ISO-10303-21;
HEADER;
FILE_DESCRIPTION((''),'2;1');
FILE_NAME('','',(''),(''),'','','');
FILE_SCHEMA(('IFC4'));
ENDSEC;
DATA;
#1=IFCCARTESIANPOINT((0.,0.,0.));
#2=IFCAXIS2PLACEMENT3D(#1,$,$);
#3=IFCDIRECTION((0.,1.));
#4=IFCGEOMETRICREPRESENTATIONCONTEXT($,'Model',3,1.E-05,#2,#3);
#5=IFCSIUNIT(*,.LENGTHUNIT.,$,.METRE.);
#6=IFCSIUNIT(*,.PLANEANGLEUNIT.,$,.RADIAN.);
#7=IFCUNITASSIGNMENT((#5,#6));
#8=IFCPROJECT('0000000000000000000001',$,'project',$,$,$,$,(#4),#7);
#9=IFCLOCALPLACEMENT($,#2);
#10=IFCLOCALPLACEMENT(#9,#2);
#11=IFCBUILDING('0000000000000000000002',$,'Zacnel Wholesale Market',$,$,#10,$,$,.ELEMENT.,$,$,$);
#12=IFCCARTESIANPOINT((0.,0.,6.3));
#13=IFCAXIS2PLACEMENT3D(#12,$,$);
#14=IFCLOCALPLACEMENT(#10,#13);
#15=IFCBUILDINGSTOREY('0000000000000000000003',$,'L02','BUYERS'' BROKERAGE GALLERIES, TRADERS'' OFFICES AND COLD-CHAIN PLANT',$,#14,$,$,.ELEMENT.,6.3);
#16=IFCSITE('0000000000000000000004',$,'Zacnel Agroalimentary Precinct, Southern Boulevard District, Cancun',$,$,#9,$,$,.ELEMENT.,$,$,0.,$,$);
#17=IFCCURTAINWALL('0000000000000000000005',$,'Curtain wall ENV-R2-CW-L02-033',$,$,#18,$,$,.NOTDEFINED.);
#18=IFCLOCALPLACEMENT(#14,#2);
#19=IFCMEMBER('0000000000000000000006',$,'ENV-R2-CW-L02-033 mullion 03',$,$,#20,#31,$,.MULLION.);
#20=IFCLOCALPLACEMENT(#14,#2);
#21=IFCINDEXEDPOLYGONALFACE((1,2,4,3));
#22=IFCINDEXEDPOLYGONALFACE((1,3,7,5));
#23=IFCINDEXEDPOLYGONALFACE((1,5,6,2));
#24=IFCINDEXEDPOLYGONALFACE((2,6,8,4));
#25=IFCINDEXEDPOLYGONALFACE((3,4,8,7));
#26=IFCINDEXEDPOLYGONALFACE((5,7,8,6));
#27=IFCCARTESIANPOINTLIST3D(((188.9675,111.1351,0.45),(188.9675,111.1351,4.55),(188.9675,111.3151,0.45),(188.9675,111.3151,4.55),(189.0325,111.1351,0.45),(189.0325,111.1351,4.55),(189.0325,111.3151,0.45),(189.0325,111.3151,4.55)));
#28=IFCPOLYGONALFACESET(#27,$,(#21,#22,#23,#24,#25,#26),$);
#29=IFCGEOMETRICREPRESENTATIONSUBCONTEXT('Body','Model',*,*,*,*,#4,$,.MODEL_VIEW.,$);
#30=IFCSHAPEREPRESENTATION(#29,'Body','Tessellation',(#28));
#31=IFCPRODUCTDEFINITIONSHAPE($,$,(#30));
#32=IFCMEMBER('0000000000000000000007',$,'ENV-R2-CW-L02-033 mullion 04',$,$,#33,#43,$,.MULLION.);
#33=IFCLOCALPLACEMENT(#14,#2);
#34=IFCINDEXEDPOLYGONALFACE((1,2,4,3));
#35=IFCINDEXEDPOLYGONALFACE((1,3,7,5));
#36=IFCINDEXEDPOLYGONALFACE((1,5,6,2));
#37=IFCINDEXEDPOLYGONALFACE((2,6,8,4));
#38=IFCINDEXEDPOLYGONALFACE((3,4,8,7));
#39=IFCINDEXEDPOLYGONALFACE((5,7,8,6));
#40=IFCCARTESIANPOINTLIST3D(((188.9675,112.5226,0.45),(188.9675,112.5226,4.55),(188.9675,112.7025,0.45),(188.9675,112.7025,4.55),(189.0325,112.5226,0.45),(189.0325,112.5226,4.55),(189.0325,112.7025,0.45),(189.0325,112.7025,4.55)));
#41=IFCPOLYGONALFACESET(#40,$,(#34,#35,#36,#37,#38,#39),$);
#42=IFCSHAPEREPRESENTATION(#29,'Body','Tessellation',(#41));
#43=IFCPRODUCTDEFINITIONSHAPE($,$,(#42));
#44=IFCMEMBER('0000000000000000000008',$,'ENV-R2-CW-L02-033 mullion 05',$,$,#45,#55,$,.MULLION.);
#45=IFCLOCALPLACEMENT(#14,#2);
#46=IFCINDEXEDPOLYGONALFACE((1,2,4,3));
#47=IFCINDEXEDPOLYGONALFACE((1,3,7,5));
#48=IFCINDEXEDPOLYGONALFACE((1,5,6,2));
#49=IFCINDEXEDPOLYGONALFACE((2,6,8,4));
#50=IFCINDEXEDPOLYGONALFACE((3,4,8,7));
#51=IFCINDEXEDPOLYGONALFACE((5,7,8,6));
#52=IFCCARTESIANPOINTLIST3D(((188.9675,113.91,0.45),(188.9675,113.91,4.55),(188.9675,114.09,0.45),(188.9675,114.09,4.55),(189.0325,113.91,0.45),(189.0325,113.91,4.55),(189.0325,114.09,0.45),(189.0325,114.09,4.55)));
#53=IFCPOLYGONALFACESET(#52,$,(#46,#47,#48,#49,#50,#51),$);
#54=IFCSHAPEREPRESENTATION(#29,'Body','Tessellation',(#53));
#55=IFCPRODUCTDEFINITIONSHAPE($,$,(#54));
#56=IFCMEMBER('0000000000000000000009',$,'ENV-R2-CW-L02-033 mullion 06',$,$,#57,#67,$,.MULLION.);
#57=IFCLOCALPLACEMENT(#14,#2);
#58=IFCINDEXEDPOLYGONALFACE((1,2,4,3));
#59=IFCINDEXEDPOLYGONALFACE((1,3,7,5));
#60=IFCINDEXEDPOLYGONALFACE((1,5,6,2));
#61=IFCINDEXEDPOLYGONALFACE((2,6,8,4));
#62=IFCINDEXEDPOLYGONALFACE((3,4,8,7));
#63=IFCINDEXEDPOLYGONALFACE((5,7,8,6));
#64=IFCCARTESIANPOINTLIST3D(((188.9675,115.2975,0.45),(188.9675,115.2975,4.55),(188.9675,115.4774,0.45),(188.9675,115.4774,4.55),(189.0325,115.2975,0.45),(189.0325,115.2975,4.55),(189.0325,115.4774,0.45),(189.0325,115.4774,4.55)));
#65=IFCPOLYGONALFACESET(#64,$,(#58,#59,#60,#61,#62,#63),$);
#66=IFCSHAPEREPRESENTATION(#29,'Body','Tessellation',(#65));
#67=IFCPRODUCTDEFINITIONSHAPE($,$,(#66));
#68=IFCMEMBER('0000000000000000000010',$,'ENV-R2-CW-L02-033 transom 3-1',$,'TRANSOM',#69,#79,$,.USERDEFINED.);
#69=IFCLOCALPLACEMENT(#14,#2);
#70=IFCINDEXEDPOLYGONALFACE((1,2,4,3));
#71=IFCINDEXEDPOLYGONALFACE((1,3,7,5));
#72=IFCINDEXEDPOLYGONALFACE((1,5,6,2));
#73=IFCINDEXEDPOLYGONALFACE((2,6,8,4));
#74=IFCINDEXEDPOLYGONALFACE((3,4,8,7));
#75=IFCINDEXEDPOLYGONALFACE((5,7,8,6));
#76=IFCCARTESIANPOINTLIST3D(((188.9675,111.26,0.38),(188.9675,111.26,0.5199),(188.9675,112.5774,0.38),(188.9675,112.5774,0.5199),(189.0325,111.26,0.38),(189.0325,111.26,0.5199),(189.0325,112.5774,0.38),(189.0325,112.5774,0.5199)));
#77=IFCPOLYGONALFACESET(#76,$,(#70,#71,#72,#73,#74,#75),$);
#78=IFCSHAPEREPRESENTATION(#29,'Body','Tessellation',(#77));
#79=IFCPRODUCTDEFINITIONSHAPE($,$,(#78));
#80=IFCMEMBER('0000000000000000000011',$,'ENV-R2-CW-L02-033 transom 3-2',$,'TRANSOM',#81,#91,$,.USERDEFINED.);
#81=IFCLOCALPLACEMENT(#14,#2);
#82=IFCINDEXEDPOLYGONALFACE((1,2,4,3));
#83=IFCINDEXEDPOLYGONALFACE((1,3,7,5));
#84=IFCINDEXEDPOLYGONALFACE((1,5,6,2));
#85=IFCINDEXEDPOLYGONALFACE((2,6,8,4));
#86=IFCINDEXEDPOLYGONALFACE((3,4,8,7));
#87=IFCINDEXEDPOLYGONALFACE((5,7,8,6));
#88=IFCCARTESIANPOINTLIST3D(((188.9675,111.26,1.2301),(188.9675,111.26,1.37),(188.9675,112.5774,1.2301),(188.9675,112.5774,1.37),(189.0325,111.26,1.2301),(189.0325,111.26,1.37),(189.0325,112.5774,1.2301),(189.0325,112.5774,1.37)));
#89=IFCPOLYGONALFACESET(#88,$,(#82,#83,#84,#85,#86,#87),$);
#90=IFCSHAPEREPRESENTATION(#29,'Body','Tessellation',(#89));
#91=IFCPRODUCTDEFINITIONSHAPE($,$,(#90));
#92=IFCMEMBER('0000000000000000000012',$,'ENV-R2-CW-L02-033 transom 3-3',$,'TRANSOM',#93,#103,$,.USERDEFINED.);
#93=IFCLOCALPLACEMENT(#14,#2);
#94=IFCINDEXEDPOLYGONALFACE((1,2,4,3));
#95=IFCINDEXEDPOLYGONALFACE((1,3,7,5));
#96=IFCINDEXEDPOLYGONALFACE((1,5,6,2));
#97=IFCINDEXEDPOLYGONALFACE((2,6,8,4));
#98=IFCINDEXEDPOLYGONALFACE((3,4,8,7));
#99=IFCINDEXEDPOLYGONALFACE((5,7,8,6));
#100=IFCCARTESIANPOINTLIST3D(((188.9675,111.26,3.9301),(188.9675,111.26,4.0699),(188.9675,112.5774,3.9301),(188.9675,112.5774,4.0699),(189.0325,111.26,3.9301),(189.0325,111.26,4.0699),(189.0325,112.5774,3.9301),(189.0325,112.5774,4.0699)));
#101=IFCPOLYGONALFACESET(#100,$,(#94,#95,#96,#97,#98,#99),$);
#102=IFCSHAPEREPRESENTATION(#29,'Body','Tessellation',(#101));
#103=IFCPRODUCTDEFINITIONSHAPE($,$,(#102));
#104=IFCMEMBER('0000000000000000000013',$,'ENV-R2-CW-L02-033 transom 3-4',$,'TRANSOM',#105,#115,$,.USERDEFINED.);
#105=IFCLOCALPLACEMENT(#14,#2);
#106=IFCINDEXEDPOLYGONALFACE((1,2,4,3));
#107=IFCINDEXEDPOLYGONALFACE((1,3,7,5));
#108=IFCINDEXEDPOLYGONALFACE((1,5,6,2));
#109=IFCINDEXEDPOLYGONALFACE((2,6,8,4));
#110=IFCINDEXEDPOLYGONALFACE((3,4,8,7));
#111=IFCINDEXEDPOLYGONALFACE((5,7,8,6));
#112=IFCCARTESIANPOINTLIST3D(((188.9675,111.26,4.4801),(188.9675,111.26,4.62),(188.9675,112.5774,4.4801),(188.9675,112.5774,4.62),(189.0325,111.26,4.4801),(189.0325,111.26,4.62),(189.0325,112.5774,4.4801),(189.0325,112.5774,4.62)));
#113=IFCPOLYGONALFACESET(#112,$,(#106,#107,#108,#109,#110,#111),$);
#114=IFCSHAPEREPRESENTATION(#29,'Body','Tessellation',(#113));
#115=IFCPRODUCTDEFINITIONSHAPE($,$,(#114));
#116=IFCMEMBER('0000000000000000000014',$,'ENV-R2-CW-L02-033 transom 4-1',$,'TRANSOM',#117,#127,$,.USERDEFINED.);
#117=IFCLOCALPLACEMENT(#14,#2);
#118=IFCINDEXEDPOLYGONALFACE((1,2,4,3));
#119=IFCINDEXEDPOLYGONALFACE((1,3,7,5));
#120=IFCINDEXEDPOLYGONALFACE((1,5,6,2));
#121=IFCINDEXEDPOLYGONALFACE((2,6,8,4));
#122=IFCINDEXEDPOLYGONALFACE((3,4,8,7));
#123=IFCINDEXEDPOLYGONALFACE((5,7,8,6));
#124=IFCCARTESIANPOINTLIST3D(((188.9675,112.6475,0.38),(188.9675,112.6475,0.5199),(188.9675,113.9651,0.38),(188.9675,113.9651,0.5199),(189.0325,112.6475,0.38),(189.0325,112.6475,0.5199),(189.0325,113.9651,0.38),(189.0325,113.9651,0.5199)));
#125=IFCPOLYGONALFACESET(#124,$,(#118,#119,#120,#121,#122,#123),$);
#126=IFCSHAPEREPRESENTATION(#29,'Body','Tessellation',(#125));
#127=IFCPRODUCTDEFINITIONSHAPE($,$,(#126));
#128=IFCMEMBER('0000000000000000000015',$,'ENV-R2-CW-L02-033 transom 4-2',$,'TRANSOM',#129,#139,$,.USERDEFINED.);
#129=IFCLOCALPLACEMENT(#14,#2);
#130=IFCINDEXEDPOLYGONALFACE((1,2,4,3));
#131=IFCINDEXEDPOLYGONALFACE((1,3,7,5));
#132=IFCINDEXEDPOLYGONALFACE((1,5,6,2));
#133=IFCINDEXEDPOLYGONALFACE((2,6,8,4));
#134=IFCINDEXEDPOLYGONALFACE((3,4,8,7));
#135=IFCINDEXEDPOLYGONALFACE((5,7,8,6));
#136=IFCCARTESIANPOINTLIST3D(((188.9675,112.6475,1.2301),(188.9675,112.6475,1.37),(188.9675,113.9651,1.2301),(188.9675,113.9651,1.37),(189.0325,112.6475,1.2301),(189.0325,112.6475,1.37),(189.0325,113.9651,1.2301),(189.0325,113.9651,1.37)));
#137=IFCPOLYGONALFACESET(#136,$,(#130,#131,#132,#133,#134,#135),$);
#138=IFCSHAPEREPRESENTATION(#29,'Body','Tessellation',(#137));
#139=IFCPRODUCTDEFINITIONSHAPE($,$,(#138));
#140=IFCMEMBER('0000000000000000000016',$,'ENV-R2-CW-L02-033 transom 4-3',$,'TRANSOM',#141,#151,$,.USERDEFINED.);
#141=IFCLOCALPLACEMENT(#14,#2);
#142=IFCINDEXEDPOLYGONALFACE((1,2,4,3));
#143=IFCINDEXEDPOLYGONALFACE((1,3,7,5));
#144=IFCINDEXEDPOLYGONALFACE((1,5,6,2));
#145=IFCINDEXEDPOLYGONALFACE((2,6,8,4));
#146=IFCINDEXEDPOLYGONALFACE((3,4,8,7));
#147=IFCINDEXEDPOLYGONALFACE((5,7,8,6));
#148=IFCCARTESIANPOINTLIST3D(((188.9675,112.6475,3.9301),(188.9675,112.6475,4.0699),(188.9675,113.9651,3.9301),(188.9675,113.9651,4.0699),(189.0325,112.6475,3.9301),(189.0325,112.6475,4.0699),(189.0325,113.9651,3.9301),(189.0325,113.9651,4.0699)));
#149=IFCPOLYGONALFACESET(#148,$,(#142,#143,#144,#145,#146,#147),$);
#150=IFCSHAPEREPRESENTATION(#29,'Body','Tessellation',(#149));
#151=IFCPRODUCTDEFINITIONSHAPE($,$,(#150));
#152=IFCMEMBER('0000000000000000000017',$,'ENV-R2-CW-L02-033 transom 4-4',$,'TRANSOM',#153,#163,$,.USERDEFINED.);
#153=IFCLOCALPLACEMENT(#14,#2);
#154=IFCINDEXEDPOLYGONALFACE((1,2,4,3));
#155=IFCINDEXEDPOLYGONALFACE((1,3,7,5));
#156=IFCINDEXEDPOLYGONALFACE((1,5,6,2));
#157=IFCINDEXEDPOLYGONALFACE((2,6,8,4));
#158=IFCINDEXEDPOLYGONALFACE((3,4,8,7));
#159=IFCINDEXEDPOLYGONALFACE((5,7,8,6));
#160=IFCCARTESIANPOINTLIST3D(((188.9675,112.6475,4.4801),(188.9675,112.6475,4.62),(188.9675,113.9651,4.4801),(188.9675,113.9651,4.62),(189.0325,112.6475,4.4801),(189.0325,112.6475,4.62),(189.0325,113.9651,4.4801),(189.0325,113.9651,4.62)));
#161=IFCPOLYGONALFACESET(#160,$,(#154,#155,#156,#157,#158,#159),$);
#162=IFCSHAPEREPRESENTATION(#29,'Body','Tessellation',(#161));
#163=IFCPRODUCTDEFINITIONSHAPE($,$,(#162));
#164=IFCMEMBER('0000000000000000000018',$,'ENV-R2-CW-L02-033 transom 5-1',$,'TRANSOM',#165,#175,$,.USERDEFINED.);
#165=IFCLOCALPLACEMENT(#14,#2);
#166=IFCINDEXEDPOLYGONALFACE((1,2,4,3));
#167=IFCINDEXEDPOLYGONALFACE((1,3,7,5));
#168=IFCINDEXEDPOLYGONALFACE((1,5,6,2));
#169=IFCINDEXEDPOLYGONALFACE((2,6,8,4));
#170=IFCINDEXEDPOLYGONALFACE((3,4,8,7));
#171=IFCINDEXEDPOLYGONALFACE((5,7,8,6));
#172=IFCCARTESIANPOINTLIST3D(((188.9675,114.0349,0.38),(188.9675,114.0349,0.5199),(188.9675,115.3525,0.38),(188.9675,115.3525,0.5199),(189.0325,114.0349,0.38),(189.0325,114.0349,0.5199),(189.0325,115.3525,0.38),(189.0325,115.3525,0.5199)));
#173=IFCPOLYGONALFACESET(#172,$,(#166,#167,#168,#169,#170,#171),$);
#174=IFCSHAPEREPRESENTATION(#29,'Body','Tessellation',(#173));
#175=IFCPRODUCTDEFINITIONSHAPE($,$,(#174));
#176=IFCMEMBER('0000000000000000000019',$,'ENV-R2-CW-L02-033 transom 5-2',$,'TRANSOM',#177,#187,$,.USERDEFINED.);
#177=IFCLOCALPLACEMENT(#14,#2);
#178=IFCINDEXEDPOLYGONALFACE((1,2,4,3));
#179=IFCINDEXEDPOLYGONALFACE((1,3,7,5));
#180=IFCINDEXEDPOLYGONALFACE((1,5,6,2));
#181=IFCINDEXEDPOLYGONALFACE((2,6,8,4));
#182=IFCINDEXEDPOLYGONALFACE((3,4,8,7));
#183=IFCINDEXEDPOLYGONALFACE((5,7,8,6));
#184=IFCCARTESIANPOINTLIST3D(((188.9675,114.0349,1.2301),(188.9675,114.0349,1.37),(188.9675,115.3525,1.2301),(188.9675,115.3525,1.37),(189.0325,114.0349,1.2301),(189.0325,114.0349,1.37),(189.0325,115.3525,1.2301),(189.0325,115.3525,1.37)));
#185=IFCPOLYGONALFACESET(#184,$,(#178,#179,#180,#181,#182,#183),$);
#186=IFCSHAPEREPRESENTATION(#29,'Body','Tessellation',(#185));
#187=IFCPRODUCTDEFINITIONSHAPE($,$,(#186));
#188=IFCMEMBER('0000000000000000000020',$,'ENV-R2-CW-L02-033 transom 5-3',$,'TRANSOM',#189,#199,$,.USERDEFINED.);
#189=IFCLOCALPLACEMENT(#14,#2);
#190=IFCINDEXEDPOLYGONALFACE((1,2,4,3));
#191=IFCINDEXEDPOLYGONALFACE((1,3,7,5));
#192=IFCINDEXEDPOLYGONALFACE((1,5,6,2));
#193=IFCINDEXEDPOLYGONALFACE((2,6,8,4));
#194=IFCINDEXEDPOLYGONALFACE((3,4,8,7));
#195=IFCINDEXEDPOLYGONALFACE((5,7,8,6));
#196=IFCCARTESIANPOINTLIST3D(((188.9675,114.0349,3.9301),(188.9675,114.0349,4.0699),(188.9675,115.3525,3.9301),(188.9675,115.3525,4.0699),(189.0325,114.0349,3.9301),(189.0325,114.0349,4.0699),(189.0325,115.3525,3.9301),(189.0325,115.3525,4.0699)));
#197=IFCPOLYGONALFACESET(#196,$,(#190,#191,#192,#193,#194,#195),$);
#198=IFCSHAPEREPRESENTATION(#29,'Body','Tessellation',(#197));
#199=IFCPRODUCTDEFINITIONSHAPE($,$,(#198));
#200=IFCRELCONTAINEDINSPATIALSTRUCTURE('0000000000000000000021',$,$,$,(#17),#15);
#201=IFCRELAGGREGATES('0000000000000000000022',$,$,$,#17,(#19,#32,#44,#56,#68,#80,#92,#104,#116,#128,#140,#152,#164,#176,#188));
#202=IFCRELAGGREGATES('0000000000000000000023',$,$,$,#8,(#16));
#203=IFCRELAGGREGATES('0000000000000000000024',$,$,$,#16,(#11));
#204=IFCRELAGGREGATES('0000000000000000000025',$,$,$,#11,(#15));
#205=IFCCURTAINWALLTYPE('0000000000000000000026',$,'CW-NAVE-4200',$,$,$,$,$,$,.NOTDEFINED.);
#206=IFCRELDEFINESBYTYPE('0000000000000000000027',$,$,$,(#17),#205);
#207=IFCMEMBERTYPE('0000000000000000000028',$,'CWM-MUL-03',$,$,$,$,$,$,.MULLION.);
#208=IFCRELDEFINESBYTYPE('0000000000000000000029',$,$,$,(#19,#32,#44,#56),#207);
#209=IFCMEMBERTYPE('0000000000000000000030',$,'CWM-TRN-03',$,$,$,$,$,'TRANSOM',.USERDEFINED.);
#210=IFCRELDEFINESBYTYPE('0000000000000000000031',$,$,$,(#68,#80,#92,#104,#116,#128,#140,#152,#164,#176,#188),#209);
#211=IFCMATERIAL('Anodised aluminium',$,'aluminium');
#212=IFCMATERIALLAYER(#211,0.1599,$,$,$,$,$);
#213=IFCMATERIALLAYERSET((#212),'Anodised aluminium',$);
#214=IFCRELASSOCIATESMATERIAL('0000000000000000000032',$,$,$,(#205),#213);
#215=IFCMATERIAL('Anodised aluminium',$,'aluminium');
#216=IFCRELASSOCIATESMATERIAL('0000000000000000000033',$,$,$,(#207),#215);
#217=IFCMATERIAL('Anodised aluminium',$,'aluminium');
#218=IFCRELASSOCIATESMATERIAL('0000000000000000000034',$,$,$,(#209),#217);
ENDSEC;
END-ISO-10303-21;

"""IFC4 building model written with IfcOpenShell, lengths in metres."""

from ifc_helpers import new_model, si_unit, direction, frame, origin, origin_2d, place, context, subcontext, project, spatial, rectangle, extrude, material, layer, layer_set, material_profile, profile_set, type_object, element, aggregate, save


model = new_model("IFC4")

# Units and contexts
model_context = context("Model", 3, precision=1e-05, world=origin(), true_north=direction((0.0, 1.0)))
body_context = subcontext(model_context, "Body", "Model", "MODEL_VIEW")
ifc_project = project(units=[si_unit("LENGTHUNIT", "METRE"), si_unit("PLANEANGLEUNIT", "RADIAN")], contexts=[model_context])

# Site, building, storey
site_placement = place(None, origin())
site = spatial("IfcSite", under=ifc_project, at=site_placement, Name="Zacnel Agroalimentary Precinct, Southern Boulevard District, Cancun", CompositionType="ELEMENT", RefElevation=0.0)
building_placement = place(site_placement, origin())
building = spatial("IfcBuilding", under=site, at=building_placement, Name="Zacnel Wholesale Market", CompositionType="ELEMENT")
storey_placement = place(building_placement, frame((0.0, 0.0, 6.3)))
storey = spatial("IfcBuildingStorey", under=building, at=storey_placement, Name="L02", Description="BUYERS' BROKERAGE GALLERIES, TRADERS' OFFICES AND COLD-CHAIN PLANT", CompositionType="ELEMENT", Elevation=6.3)

# Curtain wall, members
ifc_material_1 = material(Name="Anodised aluminium", Category="aluminium")
ifc_layer_1 = layer(ifc_material_1, 0.1599)
ifc_layer_set_1 = layer_set([ifc_layer_1], Name="Anodised aluminium")
curtain_wall_type = type_object("IfcCurtainWallType", Name="CW-NAVE-4200", PredefinedType="NOTDEFINED", material=ifc_layer_set_1)
curtain_wall_placement = place(storey_placement, origin())
curtain_wall = element("IfcCurtainWall", 1, at=curtain_wall_placement, inside=storey, type_object=curtain_wall_type, Name="Curtain wall ENV-R2-CW-L02-033", PredefinedType="NOTDEFINED")
ifc_material_2 = material(Name="Anodised aluminium", Category="aluminium")
ifc_material_profile_1 = material_profile(ifc_material_2, rectangle(XDim=0.0649, YDim=0.1799, at=origin_2d()), Name="AW-MULLION 65x180")
ifc_profile_set_1 = profile_set([ifc_material_profile_1], Name="Anodised aluminium")
member_type_1 = type_object("IfcMemberType", Name="CWM-MUL-03", PredefinedType="MULLION", material=ifc_profile_set_1)
member_1_placement = place(storey_placement, frame((189.0, 111.2251, 0.45), z_axis=(0.0, 0.0, 1.0), x_axis=(1.0, 0.0, 0.0)))
member_1 = element("IfcMember", 2, at=member_1_placement, type_object=member_type_1, Name="ENV-R2-CW-L02-033 mullion 03", PredefinedType="MULLION", context=body_context, shape_type="SweptSolid", body=[
    extrude(rectangle(XDim=0.0649, YDim=0.1799, at=origin_2d()), origin(), (0.0, 0.0, 1.0), 4.1001),
])
member_2_placement = place(storey_placement, frame((189.0, 112.6125, 0.45), z_axis=(0.0, 0.0, 1.0), x_axis=(1.0, 0.0, 0.0)))
member_2 = element("IfcMember", 3, at=member_2_placement, type_object=member_type_1, Name="ENV-R2-CW-L02-033 mullion 04", PredefinedType="MULLION", context=body_context, shape_type="SweptSolid", body=[
    extrude(rectangle(XDim=0.0649, YDim=0.1799, at=origin_2d()), origin(), (0.0, 0.0, 1.0), 4.1001),
])
member_3_placement = place(storey_placement, frame((189.0, 114.0, 0.45), z_axis=(0.0, 0.0, 1.0), x_axis=(1.0, 0.0, 0.0)))
member_3 = element("IfcMember", 4, at=member_3_placement, type_object=member_type_1, Name="ENV-R2-CW-L02-033 mullion 05", PredefinedType="MULLION", context=body_context, shape_type="SweptSolid", body=[
    extrude(rectangle(XDim=0.0649, YDim=0.1799, at=origin_2d()), origin(), (0.0, 0.0, 1.0), 4.1001),
])
member_4_placement = place(storey_placement, frame((189.0, 115.3875, 0.45), z_axis=(0.0, 0.0, 1.0), x_axis=(1.0, 0.0, 0.0)))
member_4 = element("IfcMember", 5, at=member_4_placement, type_object=member_type_1, Name="ENV-R2-CW-L02-033 mullion 06", PredefinedType="MULLION", context=body_context, shape_type="SweptSolid", body=[
    extrude(rectangle(XDim=0.0649, YDim=0.1799, at=origin_2d()), origin(), (0.0, 0.0, 1.0), 4.1001),
])
ifc_material_3 = material(Name="Anodised aluminium", Category="aluminium")
ifc_material_profile_2 = material_profile(ifc_material_3, rectangle(XDim=0.0649, YDim=0.1399, at=origin_2d()), Name="AW-TRANSOM 65x140")
ifc_profile_set_2 = profile_set([ifc_material_profile_2], Name="Anodised aluminium")
member_type_2 = type_object("IfcMemberType", Name="CWM-TRN-03", ElementType="TRANSOM", PredefinedType="USERDEFINED", material=ifc_profile_set_2)
member_5_placement = place(storey_placement, frame((189.0, 111.26, 0.45), z_axis=(0.0, 1.0, 0.0), x_axis=(-1.0, 0.0, 0.0)))
member_5 = element("IfcMember", 6, at=member_5_placement, type_object=member_type_2, Name="ENV-R2-CW-L02-033 transom 3-1", ObjectType="TRANSOM", PredefinedType="USERDEFINED", context=body_context, shape_type="SweptSolid", body=[
    extrude(rectangle(XDim=0.0649, YDim=0.1399, at=origin_2d()), origin(), (0.0, 0.0, 1.0), 1.3174),
])
member_6_placement = place(storey_placement, frame((189.0, 111.26, 1.3), z_axis=(0.0, 1.0, 0.0), x_axis=(-1.0, 0.0, 0.0)))
member_6 = element("IfcMember", 7, at=member_6_placement, type_object=member_type_2, Name="ENV-R2-CW-L02-033 transom 3-2", ObjectType="TRANSOM", PredefinedType="USERDEFINED", context=body_context, shape_type="SweptSolid", body=[
    extrude(rectangle(XDim=0.0649, YDim=0.1399, at=origin_2d()), origin(), (0.0, 0.0, 1.0), 1.3174),
])
member_7_placement = place(storey_placement, frame((189.0, 111.26, 4.0), z_axis=(0.0, 1.0, 0.0), x_axis=(-1.0, 0.0, 0.0)))
member_7 = element("IfcMember", 8, at=member_7_placement, type_object=member_type_2, Name="ENV-R2-CW-L02-033 transom 3-3", ObjectType="TRANSOM", PredefinedType="USERDEFINED", context=body_context, shape_type="SweptSolid", body=[
    extrude(rectangle(XDim=0.0649, YDim=0.1399, at=origin_2d()), origin(), (0.0, 0.0, 1.0), 1.3174),
])
member_8_placement = place(storey_placement, frame((189.0, 111.26, 4.55), z_axis=(0.0, 1.0, 0.0), x_axis=(-1.0, 0.0, 0.0)))
member_8 = element("IfcMember", 9, at=member_8_placement, type_object=member_type_2, Name="ENV-R2-CW-L02-033 transom 3-4", ObjectType="TRANSOM", PredefinedType="USERDEFINED", context=body_context, shape_type="SweptSolid", body=[
    extrude(rectangle(XDim=0.0649, YDim=0.1399, at=origin_2d()), origin(), (0.0, 0.0, 1.0), 1.3174),
])
member_9_placement = place(storey_placement, frame((189.0, 112.6475, 0.45), z_axis=(0.0, 1.0, 0.0), x_axis=(-1.0, 0.0, 0.0)))
member_9 = element("IfcMember", 10, at=member_9_placement, type_object=member_type_2, Name="ENV-R2-CW-L02-033 transom 4-1", ObjectType="TRANSOM", PredefinedType="USERDEFINED", context=body_context, shape_type="SweptSolid", body=[
    extrude(rectangle(XDim=0.0649, YDim=0.1399, at=origin_2d()), origin(), (0.0, 0.0, 1.0), 1.3176),
])
member_10_placement = place(storey_placement, frame((189.0, 112.6475, 1.3), z_axis=(0.0, 1.0, 0.0), x_axis=(-1.0, 0.0, 0.0)))
member_10 = element("IfcMember", 11, at=member_10_placement, type_object=member_type_2, Name="ENV-R2-CW-L02-033 transom 4-2", ObjectType="TRANSOM", PredefinedType="USERDEFINED", context=body_context, shape_type="SweptSolid", body=[
    extrude(rectangle(XDim=0.0649, YDim=0.1399, at=origin_2d()), origin(), (0.0, 0.0, 1.0), 1.3176),
])
member_11_placement = place(storey_placement, frame((189.0, 112.6475, 4.0), z_axis=(0.0, 1.0, 0.0), x_axis=(-1.0, 0.0, 0.0)))
member_11 = element("IfcMember", 12, at=member_11_placement, type_object=member_type_2, Name="ENV-R2-CW-L02-033 transom 4-3", ObjectType="TRANSOM", PredefinedType="USERDEFINED", context=body_context, shape_type="SweptSolid", body=[
    extrude(rectangle(XDim=0.0649, YDim=0.1399, at=origin_2d()), origin(), (0.0, 0.0, 1.0), 1.3176),
])
member_12_placement = place(storey_placement, frame((189.0, 112.6475, 4.55), z_axis=(0.0, 1.0, 0.0), x_axis=(-1.0, 0.0, 0.0)))
member_12 = element("IfcMember", 13, at=member_12_placement, type_object=member_type_2, Name="ENV-R2-CW-L02-033 transom 4-4", ObjectType="TRANSOM", PredefinedType="USERDEFINED", context=body_context, shape_type="SweptSolid", body=[
    extrude(rectangle(XDim=0.0649, YDim=0.1399, at=origin_2d()), origin(), (0.0, 0.0, 1.0), 1.3176),
])
member_13_placement = place(storey_placement, frame((189.0, 114.0349, 0.45), z_axis=(0.0, 1.0, 0.0), x_axis=(-1.0, 0.0, 0.0)))
member_13 = element("IfcMember", 14, at=member_13_placement, type_object=member_type_2, Name="ENV-R2-CW-L02-033 transom 5-1", ObjectType="TRANSOM", PredefinedType="USERDEFINED", context=body_context, shape_type="SweptSolid", body=[
    extrude(rectangle(XDim=0.0649, YDim=0.1399, at=origin_2d()), origin(), (0.0, 0.0, 1.0), 1.3176),
])
member_14_placement = place(storey_placement, frame((189.0, 114.0349, 1.3), z_axis=(0.0, 1.0, 0.0), x_axis=(-1.0, 0.0, 0.0)))
member_14 = element("IfcMember", 15, at=member_14_placement, type_object=member_type_2, Name="ENV-R2-CW-L02-033 transom 5-2", ObjectType="TRANSOM", PredefinedType="USERDEFINED", context=body_context, shape_type="SweptSolid", body=[
    extrude(rectangle(XDim=0.0649, YDim=0.1399, at=origin_2d()), origin(), (0.0, 0.0, 1.0), 1.3176),
])
member_15_placement = place(storey_placement, frame((189.0, 114.0349, 4.0), z_axis=(0.0, 1.0, 0.0), x_axis=(-1.0, 0.0, 0.0)))
member_15 = element("IfcMember", 16, at=member_15_placement, type_object=member_type_2, Name="ENV-R2-CW-L02-033 transom 5-3", ObjectType="TRANSOM", PredefinedType="USERDEFINED", context=body_context, shape_type="SweptSolid", body=[
    extrude(rectangle(XDim=0.0649, YDim=0.1399, at=origin_2d()), origin(), (0.0, 0.0, 1.0), 1.3176),
])
aggregate(curtain_wall, [member_1, member_2, member_3, member_4, member_5, member_6, member_7, member_8, member_9, member_10, member_11, member_12, member_13, member_14, member_15])

save(model, "model.ifc")
